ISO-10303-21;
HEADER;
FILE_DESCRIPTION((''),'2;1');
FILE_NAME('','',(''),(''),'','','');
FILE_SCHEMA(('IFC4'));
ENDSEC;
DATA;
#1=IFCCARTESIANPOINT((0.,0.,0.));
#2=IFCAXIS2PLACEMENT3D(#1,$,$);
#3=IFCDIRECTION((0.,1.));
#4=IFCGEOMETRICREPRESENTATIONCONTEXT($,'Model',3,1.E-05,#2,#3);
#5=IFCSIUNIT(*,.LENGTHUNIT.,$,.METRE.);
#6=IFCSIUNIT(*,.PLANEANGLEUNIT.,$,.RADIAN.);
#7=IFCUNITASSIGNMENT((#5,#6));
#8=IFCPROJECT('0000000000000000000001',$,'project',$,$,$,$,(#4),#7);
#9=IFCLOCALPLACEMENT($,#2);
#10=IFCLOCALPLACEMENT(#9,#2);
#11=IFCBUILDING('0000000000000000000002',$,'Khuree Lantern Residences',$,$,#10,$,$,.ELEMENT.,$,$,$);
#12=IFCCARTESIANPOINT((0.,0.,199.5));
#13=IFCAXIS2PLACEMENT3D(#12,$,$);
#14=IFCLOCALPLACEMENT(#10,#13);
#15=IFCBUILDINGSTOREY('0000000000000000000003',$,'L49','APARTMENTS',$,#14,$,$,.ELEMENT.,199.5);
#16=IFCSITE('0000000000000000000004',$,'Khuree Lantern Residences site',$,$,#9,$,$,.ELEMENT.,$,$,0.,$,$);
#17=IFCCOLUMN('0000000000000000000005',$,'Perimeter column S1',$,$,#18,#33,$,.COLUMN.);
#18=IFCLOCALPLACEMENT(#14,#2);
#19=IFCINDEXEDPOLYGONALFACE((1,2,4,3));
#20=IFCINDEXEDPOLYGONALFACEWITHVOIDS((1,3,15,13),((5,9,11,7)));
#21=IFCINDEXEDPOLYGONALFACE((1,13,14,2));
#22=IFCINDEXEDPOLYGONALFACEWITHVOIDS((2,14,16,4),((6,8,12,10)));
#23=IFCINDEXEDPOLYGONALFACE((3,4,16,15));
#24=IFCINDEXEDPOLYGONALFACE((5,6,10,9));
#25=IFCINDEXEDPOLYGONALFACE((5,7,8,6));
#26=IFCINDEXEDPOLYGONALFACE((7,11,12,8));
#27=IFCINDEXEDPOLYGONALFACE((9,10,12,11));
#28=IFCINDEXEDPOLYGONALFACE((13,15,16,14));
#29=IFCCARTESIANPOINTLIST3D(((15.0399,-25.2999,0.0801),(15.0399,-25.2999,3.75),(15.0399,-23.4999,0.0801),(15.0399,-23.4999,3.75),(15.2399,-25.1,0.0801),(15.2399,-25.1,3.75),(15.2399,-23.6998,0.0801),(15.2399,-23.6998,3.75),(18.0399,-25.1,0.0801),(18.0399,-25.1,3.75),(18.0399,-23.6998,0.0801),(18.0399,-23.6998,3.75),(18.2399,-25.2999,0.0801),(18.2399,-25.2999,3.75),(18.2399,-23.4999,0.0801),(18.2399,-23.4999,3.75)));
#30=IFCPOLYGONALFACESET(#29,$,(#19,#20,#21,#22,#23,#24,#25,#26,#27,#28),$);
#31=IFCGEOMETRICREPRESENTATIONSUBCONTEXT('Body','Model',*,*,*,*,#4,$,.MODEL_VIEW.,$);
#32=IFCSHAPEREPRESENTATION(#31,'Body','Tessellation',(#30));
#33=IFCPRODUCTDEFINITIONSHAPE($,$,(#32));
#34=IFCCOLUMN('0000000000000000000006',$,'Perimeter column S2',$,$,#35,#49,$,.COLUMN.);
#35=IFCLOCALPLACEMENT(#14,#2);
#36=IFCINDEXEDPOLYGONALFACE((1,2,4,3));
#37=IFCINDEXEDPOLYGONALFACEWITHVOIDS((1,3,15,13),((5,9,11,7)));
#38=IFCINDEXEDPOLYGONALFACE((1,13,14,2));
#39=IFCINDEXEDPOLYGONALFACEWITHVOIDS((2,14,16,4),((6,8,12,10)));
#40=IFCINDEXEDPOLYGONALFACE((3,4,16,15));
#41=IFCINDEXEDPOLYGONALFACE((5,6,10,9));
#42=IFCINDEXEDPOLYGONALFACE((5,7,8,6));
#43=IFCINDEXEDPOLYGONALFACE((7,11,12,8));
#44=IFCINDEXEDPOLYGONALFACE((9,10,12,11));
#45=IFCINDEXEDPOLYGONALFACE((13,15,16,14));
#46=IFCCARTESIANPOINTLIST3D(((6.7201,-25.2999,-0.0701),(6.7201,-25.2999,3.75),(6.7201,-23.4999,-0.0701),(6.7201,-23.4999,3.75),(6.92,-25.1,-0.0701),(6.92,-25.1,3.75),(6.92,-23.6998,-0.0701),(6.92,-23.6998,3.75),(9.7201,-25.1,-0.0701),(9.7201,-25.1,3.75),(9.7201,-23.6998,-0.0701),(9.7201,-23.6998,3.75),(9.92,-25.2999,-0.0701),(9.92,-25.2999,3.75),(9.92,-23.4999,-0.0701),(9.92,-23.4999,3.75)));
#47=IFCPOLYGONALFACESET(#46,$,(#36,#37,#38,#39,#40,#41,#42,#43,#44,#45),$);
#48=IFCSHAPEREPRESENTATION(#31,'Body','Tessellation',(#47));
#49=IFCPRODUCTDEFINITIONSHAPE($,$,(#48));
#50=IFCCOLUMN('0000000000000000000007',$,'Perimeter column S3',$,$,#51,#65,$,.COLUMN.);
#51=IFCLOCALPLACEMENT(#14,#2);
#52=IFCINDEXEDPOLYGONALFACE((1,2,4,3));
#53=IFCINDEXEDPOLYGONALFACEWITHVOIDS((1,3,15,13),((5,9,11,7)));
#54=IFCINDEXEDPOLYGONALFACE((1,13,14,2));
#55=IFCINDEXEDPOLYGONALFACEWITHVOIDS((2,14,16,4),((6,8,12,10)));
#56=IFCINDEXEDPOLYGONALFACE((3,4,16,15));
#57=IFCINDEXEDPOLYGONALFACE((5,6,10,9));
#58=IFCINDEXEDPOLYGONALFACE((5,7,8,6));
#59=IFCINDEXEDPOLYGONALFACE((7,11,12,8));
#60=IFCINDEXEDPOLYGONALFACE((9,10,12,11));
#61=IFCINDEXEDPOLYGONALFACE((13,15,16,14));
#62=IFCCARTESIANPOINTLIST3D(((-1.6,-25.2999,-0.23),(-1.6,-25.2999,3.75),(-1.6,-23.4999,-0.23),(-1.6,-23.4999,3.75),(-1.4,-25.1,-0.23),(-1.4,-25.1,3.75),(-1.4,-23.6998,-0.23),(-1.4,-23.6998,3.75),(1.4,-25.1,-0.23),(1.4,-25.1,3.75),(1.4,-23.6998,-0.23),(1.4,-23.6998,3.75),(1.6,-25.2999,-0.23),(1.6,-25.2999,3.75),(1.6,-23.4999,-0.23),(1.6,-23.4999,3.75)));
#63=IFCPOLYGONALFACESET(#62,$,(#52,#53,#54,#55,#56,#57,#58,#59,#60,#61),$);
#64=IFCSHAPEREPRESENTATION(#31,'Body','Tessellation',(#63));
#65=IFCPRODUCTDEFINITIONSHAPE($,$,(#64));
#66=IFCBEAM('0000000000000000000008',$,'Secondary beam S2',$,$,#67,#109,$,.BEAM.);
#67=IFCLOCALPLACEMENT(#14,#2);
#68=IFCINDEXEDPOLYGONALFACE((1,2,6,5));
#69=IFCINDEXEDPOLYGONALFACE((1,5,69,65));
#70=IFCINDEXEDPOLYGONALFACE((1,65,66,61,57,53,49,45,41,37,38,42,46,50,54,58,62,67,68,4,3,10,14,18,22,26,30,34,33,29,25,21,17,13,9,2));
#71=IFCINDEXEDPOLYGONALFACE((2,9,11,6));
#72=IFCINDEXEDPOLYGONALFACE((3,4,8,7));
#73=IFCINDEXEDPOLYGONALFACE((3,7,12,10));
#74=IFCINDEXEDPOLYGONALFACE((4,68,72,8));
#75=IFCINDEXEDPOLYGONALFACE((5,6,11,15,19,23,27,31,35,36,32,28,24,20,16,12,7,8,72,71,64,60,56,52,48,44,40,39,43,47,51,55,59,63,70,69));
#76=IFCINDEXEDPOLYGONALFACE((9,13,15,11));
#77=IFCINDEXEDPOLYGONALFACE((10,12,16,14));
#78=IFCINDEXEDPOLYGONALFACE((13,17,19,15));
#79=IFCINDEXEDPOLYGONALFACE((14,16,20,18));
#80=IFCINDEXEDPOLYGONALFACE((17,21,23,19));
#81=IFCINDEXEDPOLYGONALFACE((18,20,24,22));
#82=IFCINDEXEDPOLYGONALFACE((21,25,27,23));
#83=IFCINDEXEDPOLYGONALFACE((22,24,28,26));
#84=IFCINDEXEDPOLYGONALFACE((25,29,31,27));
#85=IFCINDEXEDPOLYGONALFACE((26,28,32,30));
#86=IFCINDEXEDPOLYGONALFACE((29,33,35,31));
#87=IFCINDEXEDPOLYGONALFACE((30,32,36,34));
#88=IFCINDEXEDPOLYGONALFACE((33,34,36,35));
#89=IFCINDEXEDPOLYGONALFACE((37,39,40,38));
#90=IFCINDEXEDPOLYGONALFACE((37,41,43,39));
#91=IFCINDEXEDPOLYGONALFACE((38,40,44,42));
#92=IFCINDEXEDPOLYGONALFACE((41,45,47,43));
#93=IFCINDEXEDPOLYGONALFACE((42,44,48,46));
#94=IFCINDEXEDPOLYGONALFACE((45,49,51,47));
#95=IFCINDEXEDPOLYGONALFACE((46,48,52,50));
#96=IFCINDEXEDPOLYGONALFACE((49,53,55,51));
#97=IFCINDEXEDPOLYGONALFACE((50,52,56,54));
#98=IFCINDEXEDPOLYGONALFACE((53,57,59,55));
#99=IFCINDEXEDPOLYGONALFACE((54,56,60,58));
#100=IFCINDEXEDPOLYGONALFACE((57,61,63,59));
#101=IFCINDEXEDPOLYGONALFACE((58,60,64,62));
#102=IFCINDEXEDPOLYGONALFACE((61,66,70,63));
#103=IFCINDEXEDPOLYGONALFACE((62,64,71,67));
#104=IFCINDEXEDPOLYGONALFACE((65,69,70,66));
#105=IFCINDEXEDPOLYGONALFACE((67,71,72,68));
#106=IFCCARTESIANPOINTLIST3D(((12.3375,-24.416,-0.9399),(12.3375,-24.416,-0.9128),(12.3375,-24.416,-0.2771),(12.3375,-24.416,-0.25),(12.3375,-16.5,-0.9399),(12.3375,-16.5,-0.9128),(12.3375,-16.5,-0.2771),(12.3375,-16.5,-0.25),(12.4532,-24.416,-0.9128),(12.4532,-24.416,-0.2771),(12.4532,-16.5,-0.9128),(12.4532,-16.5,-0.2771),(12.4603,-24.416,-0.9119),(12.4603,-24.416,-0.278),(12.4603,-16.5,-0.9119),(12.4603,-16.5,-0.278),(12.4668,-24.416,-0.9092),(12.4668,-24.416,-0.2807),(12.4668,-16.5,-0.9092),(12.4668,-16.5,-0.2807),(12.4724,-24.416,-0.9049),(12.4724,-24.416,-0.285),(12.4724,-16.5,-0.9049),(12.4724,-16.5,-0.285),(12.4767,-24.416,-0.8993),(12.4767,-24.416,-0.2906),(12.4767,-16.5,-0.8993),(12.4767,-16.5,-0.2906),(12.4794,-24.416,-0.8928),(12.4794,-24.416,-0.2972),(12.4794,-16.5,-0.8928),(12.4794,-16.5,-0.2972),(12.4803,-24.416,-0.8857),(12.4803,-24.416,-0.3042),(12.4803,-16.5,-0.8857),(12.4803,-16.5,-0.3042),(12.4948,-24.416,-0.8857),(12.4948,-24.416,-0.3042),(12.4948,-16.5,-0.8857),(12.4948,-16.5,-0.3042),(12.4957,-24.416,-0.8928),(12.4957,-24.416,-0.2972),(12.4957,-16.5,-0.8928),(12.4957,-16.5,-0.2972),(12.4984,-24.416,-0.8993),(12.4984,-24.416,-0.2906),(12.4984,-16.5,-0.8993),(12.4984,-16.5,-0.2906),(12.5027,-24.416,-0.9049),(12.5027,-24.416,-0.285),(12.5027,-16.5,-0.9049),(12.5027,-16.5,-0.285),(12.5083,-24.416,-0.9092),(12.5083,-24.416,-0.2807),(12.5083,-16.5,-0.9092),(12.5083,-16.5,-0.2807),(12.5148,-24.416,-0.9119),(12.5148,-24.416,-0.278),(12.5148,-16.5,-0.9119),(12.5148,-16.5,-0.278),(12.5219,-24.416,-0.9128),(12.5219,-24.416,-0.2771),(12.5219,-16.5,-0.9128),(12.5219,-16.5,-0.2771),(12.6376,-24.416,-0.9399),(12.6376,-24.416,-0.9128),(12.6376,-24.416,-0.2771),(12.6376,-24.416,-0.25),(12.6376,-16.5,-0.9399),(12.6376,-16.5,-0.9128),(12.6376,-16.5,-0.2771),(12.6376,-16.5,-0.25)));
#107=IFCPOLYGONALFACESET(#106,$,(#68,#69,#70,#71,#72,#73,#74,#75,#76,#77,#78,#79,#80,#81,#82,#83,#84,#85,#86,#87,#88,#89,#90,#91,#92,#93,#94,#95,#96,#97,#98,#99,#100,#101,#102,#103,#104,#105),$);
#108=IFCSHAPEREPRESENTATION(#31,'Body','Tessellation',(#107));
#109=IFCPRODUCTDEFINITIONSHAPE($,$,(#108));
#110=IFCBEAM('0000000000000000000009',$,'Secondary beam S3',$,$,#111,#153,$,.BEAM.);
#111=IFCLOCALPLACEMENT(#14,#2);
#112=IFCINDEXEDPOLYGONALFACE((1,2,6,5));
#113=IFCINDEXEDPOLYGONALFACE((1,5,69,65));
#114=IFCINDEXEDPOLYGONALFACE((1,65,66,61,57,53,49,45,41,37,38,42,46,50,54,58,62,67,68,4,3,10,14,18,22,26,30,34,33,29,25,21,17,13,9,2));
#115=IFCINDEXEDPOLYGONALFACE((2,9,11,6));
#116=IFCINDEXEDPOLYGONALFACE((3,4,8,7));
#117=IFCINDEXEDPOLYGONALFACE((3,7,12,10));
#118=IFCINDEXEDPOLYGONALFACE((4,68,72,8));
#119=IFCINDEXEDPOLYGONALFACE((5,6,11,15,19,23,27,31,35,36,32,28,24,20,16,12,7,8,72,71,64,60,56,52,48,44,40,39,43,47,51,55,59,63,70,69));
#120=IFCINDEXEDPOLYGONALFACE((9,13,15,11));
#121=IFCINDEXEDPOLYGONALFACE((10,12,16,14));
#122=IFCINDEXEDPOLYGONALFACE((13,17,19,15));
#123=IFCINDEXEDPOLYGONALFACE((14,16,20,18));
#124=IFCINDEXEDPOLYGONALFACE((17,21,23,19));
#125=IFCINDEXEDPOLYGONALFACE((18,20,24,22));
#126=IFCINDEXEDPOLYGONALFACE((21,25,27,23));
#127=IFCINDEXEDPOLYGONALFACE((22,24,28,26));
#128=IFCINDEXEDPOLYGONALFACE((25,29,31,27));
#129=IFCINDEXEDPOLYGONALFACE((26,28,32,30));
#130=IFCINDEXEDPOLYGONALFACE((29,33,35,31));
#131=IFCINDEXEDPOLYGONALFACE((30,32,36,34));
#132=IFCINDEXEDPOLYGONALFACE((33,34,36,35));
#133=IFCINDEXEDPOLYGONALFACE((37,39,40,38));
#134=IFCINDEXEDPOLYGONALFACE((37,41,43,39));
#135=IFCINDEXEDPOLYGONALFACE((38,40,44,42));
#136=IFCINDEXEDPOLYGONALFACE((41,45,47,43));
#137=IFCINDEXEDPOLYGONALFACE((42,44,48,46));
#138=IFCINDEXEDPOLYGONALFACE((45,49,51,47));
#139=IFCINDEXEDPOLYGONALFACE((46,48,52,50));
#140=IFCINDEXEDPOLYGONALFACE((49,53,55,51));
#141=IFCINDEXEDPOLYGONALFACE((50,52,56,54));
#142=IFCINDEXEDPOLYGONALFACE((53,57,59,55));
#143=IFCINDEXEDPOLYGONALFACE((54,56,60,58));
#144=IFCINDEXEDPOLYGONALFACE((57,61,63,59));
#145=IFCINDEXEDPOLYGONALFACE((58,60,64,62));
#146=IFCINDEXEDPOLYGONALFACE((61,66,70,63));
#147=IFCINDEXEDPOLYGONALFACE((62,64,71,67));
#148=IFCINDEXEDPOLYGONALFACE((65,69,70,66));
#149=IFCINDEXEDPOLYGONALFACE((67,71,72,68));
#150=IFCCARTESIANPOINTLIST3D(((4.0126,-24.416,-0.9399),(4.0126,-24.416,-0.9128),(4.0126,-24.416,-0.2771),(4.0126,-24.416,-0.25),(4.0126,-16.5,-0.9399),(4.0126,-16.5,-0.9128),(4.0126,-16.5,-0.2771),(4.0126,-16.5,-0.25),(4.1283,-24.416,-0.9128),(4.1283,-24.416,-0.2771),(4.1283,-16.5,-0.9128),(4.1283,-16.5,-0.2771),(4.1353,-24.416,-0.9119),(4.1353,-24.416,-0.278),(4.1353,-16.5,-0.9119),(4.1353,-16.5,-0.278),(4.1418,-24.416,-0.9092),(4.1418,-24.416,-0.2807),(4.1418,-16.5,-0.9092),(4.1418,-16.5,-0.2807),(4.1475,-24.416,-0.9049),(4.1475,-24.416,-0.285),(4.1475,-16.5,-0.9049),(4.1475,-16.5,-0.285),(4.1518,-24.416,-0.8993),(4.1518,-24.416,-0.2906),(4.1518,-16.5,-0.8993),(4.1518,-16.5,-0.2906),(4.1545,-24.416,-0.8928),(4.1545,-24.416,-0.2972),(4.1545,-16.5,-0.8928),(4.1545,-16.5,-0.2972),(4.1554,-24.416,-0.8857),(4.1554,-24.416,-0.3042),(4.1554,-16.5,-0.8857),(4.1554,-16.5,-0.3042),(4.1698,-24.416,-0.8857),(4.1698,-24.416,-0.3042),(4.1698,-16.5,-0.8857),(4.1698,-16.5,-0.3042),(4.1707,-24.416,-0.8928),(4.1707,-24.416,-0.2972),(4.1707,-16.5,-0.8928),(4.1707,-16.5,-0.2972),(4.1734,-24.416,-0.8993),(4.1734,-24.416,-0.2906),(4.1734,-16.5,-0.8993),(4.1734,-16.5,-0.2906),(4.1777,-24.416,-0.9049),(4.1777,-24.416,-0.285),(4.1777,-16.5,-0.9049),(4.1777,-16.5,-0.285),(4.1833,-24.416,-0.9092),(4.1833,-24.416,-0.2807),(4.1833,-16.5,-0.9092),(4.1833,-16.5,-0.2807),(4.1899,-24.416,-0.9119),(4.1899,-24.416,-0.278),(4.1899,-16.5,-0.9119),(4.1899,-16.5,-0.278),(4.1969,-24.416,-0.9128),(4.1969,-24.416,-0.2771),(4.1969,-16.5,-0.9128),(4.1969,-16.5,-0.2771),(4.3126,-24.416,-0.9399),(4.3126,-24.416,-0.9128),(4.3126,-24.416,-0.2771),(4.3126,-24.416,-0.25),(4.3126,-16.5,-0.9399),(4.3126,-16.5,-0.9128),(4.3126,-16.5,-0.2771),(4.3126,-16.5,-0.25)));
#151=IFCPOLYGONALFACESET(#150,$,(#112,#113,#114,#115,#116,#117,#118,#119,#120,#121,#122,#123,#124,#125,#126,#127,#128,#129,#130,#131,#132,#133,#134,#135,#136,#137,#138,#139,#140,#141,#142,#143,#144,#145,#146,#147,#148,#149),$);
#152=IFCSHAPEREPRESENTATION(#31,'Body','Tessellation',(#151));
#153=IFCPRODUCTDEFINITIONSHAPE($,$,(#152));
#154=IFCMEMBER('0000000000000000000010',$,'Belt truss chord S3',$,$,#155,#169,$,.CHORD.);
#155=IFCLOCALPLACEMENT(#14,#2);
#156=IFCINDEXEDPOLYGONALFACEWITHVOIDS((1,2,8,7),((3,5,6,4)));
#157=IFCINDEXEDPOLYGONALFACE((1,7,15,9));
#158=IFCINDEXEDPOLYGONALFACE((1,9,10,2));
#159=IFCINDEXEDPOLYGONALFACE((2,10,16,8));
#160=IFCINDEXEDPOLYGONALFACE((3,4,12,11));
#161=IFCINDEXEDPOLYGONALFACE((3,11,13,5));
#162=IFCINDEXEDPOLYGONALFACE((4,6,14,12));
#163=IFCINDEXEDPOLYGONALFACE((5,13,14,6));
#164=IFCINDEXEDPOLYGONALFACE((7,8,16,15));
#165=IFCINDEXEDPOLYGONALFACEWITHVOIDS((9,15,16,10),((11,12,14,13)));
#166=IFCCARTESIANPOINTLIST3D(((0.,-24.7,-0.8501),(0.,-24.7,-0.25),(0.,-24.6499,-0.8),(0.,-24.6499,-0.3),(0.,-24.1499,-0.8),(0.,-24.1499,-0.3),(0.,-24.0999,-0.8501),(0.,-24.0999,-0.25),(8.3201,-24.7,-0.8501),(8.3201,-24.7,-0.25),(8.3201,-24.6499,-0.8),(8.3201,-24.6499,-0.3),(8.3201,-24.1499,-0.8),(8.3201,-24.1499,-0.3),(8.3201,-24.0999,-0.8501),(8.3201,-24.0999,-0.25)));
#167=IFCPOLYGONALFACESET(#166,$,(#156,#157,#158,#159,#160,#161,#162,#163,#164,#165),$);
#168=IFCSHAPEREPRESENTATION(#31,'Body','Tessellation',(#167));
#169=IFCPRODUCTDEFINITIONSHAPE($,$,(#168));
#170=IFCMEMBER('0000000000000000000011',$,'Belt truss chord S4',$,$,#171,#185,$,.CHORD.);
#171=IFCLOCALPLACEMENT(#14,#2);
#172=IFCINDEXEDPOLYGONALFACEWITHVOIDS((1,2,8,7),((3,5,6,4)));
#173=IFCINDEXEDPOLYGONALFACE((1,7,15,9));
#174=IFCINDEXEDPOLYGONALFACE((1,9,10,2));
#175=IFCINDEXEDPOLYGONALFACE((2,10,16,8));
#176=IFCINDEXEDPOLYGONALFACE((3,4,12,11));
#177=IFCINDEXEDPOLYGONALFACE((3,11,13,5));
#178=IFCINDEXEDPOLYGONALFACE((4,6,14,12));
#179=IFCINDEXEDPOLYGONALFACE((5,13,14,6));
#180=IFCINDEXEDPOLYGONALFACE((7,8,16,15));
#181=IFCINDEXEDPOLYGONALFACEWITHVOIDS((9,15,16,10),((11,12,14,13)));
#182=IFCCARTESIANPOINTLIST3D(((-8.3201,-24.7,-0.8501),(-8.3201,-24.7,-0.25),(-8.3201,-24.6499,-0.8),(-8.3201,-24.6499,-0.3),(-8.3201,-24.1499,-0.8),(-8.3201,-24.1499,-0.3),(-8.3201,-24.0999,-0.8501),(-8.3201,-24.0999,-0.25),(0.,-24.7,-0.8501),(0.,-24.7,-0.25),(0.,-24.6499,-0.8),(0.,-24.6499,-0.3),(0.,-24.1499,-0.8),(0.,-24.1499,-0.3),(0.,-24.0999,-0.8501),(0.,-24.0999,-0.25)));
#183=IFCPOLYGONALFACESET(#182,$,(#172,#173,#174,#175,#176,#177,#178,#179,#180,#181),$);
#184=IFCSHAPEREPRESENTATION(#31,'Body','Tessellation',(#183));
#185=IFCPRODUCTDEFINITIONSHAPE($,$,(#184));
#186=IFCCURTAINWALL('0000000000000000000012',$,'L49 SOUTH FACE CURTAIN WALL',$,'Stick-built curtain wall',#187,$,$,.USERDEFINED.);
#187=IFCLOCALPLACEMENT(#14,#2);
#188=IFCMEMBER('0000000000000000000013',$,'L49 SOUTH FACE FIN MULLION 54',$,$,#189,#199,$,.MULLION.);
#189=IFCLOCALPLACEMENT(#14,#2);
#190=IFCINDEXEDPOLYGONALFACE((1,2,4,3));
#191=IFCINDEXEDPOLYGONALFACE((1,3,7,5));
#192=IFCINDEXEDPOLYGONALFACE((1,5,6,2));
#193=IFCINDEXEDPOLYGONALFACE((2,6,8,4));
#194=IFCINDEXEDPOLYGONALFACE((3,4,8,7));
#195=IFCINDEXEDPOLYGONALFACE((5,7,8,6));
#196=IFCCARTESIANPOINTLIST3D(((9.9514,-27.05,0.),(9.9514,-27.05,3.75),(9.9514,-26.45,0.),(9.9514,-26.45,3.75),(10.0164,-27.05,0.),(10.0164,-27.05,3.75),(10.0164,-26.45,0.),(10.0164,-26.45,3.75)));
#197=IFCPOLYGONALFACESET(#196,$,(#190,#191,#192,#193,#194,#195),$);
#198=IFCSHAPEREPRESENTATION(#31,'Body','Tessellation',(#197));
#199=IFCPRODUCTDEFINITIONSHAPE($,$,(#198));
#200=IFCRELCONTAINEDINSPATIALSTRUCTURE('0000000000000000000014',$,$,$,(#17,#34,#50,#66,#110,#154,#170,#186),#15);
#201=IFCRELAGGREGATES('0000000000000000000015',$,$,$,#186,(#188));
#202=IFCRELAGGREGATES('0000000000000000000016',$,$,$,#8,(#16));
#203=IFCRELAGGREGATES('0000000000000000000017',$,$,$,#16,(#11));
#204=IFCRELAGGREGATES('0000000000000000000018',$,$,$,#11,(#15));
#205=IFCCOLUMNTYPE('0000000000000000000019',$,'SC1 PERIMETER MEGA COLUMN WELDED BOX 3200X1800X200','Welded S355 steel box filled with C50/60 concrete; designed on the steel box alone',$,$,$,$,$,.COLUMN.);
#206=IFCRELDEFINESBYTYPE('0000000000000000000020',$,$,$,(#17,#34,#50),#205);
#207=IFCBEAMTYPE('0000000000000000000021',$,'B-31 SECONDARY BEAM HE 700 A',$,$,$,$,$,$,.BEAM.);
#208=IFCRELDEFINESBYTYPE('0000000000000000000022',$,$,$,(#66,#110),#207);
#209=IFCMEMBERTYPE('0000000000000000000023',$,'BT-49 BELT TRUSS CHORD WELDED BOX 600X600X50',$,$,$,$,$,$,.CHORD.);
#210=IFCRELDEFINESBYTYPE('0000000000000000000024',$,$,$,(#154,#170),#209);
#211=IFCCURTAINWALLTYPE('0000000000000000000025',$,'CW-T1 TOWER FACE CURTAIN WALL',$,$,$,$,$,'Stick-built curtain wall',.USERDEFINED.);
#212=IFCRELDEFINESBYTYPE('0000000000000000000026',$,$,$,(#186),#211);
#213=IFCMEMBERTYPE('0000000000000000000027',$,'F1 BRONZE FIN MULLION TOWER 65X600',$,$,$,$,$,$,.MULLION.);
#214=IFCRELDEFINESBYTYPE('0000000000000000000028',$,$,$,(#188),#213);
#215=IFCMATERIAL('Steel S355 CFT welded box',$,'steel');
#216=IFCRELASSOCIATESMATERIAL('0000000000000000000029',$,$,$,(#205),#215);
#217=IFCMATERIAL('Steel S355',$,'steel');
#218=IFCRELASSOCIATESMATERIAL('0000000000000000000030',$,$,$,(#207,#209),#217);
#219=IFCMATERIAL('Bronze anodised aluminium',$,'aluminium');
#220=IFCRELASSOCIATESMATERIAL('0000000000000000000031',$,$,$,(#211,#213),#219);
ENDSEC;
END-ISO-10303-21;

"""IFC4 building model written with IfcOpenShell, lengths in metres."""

from ifc_helpers import new_model, si_unit, direction, frame, origin, origin_2d, place, context, subcontext, project, spatial, rectangle, hollow_rectangle, i_section, extrude, material, material_profile, profile_set, type_object, element, aggregate, save


model = new_model("IFC4")

# Units and contexts
model_context = context("Model", 3, precision=1e-05, world=origin(), true_north=direction((0.0, 1.0)))
body_context = subcontext(model_context, "Body", "Model", "MODEL_VIEW")
ifc_project = project(units=[si_unit("LENGTHUNIT", "METRE"), si_unit("PLANEANGLEUNIT", "RADIAN")], contexts=[model_context])

# Site, building, storey
site_placement = place(None, origin())
site = spatial("IfcSite", under=ifc_project, at=site_placement, Name="Khuree Lantern Residences site", CompositionType="ELEMENT", RefElevation=0.0)
building_placement = place(site_placement, origin())
building = spatial("IfcBuilding", under=site, at=building_placement, Name="Khuree Lantern Residences", CompositionType="ELEMENT")
storey_placement = place(building_placement, frame((0.0, 0.0, 199.5)))
storey = spatial("IfcBuildingStorey", under=building, at=storey_placement, Name="L49", Description="APARTMENTS", CompositionType="ELEMENT", Elevation=199.5)

# Columns
ifc_material_1 = material(Name="Steel S355 CFT welded box", Category="steel")
ifc_material_profile_1 = material_profile(ifc_material_1, hollow_rectangle(XDim=3.2, YDim=1.8, WallThickness=0.2, at=origin_2d()), Name="WELDED BOX 3200X1800X200")
ifc_profile_set_1 = profile_set([ifc_material_profile_1], Name="Steel S355 CFT welded box")
column_type = type_object("IfcColumnType", Name="SC1 PERIMETER MEGA COLUMN WELDED BOX 3200X1800X200", Description="Welded S355 steel box filled with C50/60 concrete; designed on the steel box alone", PredefinedType="COLUMN", material=ifc_profile_set_1)
column_1_placement = place(storey_placement, frame((16.6399, -24.3999, 0.0801), z_axis=(0.0, 0.0, 1.0), x_axis=(1.0, 0.0, 0.0)))
element("IfcColumn", 1, at=column_1_placement, inside=storey, type_object=column_type, Name="Perimeter column S1", PredefinedType="COLUMN", context=body_context, shape_type="SweptSolid", body=[
    extrude(hollow_rectangle(XDim=3.2, YDim=1.8, WallThickness=0.2, at=origin_2d()), origin(), (0.0, 0.0, 1.0), 3.6699),
])
column_2_placement = place(storey_placement, frame((8.3201, -24.3999, -0.0701), z_axis=(0.0, 0.0, 1.0), x_axis=(1.0, 0.0, 0.0)))
element("IfcColumn", 2, at=column_2_placement, inside=storey, type_object=column_type, Name="Perimeter column S2", PredefinedType="COLUMN", context=body_context, shape_type="SweptSolid", body=[
    extrude(hollow_rectangle(XDim=3.2, YDim=1.8, WallThickness=0.2, at=origin_2d()), origin(), (0.0, 0.0, 1.0), 3.8201),
])
column_3_placement = place(storey_placement, frame((0.0, -24.3999, -0.23), z_axis=(0.0, 0.0, 1.0), x_axis=(1.0, 0.0, 0.0)))
element("IfcColumn", 3, at=column_3_placement, inside=storey, type_object=column_type, Name="Perimeter column S3", PredefinedType="COLUMN", context=body_context, shape_type="SweptSolid", body=[
    extrude(hollow_rectangle(XDim=3.2, YDim=1.8, WallThickness=0.2, at=origin_2d()), origin(), (0.0, 0.0, 1.0), 3.98),
])

# Beams
ifc_material_2 = material(Name="Steel S355", Category="steel")
ifc_material_profile_2 = material_profile(ifc_material_2, i_section(OverallWidth=0.3, OverallDepth=0.6899, WebThickness=0.0144, FlangeThickness=0.0271, FilletRadius=0.0271, at=origin_2d()), Name="HE 700 A")
ifc_profile_set_2 = profile_set([ifc_material_profile_2], Name="Steel S355")
beam_type_1 = type_object("IfcBeamType", Name="B-31 SECONDARY BEAM HE 700 A", PredefinedType="BEAM", material=ifc_profile_set_2)
for number, where, z_axis, x_axis, name in (
    (4, (12.4875, -24.416, -0.595), (0.0, 1.0, 0.0), (-1.0, 0.0, 0.0), "Secondary beam S2"),
    (5, (4.1626, -24.416, -0.595), (0.0, 1.0, 0.0), (-1.0, 0.0, 0.0), "Secondary beam S3"),
):
    element("IfcBeam", number, at=place(storey_placement, frame(where, z_axis=z_axis, x_axis=x_axis)), inside=storey, type_object=beam_type_1, Name=name, PredefinedType="BEAM", context=body_context, shape_type="SweptSolid", body=[
        extrude(i_section(OverallWidth=0.3, OverallDepth=0.6899, WebThickness=0.0144, FlangeThickness=0.0271, FilletRadius=0.0271, at=origin_2d()), origin(), (0.0, 0.0, 1.0), 7.916),
    ])

# Members
ifc_material_profile_3 = material_profile(ifc_material_2, hollow_rectangle(XDim=0.6001, YDim=0.6001, WallThickness=0.05, at=origin_2d()), Name="WELDED BOX 600X600X50")
ifc_profile_set_3 = profile_set([ifc_material_profile_3], Name="Steel S355")
member_type_1 = type_object("IfcMemberType", Name="BT-49 BELT TRUSS CHORD WELDED BOX 600X600X50", PredefinedType="CHORD", material=ifc_profile_set_3)
for number, where, z_axis, x_axis, name in (
    (6, (8.3201, -24.3999, -0.55), (-1.0, 0.0, 0.0), (0.0, -1.0, 0.0), "Belt truss chord S3"),
    (7, (0.0, -24.3999, -0.55), (-1.0, 0.0, 0.0), (0.0, -1.0, 0.0), "Belt truss chord S4"),
):
    element("IfcMember", number, at=place(storey_placement, frame(where, z_axis=z_axis, x_axis=x_axis)), inside=storey, type_object=member_type_1, Name=name, PredefinedType="CHORD", context=body_context, shape_type="SweptSolid", body=[
        extrude(hollow_rectangle(XDim=0.6001, YDim=0.6001, WallThickness=0.05, at=origin_2d()), origin(), (0.0, 0.0, 1.0), 8.3201),
    ])

# Curtain wall, member
ifc_material_3 = material(Name="Bronze anodised aluminium", Category="aluminium")
curtain_wall_type = type_object("IfcCurtainWallType", Name="CW-T1 TOWER FACE CURTAIN WALL", ElementType="Stick-built curtain wall", PredefinedType="USERDEFINED", material=ifc_material_3)
curtain_wall_placement = place(storey_placement, origin())
curtain_wall = element("IfcCurtainWall", 8, at=curtain_wall_placement, inside=storey, type_object=curtain_wall_type, Name="L49 SOUTH FACE CURTAIN WALL", ObjectType="Stick-built curtain wall", PredefinedType="USERDEFINED")
ifc_material_profile_4 = material_profile(ifc_material_3, rectangle(XDim=0.0649, YDim=0.6001, at=origin_2d()), Name="F1 65X600")
ifc_profile_set_4 = profile_set([ifc_material_profile_4], Name="Bronze anodised aluminium")
member_type_2 = type_object("IfcMemberType", Name="F1 BRONZE FIN MULLION TOWER 65X600", PredefinedType="MULLION", material=ifc_profile_set_4)
member_1_placement = place(storey_placement, frame((9.9839, -26.75, 0.0), z_axis=(0.0, 0.0, 1.0), x_axis=(1.0, 0.0, 0.0)))
member_1 = element("IfcMember", 9, at=member_1_placement, type_object=member_type_2, Name="L49 SOUTH FACE FIN MULLION 54", PredefinedType="MULLION", context=body_context, shape_type="SweptSolid", body=[
    extrude(rectangle(XDim=0.0649, YDim=0.6001, at=origin_2d()), origin(), (0.0, 0.0, 1.0), 3.75),
])

aggregate(curtain_wall, [member_1])

save(model, "model.ifc")
